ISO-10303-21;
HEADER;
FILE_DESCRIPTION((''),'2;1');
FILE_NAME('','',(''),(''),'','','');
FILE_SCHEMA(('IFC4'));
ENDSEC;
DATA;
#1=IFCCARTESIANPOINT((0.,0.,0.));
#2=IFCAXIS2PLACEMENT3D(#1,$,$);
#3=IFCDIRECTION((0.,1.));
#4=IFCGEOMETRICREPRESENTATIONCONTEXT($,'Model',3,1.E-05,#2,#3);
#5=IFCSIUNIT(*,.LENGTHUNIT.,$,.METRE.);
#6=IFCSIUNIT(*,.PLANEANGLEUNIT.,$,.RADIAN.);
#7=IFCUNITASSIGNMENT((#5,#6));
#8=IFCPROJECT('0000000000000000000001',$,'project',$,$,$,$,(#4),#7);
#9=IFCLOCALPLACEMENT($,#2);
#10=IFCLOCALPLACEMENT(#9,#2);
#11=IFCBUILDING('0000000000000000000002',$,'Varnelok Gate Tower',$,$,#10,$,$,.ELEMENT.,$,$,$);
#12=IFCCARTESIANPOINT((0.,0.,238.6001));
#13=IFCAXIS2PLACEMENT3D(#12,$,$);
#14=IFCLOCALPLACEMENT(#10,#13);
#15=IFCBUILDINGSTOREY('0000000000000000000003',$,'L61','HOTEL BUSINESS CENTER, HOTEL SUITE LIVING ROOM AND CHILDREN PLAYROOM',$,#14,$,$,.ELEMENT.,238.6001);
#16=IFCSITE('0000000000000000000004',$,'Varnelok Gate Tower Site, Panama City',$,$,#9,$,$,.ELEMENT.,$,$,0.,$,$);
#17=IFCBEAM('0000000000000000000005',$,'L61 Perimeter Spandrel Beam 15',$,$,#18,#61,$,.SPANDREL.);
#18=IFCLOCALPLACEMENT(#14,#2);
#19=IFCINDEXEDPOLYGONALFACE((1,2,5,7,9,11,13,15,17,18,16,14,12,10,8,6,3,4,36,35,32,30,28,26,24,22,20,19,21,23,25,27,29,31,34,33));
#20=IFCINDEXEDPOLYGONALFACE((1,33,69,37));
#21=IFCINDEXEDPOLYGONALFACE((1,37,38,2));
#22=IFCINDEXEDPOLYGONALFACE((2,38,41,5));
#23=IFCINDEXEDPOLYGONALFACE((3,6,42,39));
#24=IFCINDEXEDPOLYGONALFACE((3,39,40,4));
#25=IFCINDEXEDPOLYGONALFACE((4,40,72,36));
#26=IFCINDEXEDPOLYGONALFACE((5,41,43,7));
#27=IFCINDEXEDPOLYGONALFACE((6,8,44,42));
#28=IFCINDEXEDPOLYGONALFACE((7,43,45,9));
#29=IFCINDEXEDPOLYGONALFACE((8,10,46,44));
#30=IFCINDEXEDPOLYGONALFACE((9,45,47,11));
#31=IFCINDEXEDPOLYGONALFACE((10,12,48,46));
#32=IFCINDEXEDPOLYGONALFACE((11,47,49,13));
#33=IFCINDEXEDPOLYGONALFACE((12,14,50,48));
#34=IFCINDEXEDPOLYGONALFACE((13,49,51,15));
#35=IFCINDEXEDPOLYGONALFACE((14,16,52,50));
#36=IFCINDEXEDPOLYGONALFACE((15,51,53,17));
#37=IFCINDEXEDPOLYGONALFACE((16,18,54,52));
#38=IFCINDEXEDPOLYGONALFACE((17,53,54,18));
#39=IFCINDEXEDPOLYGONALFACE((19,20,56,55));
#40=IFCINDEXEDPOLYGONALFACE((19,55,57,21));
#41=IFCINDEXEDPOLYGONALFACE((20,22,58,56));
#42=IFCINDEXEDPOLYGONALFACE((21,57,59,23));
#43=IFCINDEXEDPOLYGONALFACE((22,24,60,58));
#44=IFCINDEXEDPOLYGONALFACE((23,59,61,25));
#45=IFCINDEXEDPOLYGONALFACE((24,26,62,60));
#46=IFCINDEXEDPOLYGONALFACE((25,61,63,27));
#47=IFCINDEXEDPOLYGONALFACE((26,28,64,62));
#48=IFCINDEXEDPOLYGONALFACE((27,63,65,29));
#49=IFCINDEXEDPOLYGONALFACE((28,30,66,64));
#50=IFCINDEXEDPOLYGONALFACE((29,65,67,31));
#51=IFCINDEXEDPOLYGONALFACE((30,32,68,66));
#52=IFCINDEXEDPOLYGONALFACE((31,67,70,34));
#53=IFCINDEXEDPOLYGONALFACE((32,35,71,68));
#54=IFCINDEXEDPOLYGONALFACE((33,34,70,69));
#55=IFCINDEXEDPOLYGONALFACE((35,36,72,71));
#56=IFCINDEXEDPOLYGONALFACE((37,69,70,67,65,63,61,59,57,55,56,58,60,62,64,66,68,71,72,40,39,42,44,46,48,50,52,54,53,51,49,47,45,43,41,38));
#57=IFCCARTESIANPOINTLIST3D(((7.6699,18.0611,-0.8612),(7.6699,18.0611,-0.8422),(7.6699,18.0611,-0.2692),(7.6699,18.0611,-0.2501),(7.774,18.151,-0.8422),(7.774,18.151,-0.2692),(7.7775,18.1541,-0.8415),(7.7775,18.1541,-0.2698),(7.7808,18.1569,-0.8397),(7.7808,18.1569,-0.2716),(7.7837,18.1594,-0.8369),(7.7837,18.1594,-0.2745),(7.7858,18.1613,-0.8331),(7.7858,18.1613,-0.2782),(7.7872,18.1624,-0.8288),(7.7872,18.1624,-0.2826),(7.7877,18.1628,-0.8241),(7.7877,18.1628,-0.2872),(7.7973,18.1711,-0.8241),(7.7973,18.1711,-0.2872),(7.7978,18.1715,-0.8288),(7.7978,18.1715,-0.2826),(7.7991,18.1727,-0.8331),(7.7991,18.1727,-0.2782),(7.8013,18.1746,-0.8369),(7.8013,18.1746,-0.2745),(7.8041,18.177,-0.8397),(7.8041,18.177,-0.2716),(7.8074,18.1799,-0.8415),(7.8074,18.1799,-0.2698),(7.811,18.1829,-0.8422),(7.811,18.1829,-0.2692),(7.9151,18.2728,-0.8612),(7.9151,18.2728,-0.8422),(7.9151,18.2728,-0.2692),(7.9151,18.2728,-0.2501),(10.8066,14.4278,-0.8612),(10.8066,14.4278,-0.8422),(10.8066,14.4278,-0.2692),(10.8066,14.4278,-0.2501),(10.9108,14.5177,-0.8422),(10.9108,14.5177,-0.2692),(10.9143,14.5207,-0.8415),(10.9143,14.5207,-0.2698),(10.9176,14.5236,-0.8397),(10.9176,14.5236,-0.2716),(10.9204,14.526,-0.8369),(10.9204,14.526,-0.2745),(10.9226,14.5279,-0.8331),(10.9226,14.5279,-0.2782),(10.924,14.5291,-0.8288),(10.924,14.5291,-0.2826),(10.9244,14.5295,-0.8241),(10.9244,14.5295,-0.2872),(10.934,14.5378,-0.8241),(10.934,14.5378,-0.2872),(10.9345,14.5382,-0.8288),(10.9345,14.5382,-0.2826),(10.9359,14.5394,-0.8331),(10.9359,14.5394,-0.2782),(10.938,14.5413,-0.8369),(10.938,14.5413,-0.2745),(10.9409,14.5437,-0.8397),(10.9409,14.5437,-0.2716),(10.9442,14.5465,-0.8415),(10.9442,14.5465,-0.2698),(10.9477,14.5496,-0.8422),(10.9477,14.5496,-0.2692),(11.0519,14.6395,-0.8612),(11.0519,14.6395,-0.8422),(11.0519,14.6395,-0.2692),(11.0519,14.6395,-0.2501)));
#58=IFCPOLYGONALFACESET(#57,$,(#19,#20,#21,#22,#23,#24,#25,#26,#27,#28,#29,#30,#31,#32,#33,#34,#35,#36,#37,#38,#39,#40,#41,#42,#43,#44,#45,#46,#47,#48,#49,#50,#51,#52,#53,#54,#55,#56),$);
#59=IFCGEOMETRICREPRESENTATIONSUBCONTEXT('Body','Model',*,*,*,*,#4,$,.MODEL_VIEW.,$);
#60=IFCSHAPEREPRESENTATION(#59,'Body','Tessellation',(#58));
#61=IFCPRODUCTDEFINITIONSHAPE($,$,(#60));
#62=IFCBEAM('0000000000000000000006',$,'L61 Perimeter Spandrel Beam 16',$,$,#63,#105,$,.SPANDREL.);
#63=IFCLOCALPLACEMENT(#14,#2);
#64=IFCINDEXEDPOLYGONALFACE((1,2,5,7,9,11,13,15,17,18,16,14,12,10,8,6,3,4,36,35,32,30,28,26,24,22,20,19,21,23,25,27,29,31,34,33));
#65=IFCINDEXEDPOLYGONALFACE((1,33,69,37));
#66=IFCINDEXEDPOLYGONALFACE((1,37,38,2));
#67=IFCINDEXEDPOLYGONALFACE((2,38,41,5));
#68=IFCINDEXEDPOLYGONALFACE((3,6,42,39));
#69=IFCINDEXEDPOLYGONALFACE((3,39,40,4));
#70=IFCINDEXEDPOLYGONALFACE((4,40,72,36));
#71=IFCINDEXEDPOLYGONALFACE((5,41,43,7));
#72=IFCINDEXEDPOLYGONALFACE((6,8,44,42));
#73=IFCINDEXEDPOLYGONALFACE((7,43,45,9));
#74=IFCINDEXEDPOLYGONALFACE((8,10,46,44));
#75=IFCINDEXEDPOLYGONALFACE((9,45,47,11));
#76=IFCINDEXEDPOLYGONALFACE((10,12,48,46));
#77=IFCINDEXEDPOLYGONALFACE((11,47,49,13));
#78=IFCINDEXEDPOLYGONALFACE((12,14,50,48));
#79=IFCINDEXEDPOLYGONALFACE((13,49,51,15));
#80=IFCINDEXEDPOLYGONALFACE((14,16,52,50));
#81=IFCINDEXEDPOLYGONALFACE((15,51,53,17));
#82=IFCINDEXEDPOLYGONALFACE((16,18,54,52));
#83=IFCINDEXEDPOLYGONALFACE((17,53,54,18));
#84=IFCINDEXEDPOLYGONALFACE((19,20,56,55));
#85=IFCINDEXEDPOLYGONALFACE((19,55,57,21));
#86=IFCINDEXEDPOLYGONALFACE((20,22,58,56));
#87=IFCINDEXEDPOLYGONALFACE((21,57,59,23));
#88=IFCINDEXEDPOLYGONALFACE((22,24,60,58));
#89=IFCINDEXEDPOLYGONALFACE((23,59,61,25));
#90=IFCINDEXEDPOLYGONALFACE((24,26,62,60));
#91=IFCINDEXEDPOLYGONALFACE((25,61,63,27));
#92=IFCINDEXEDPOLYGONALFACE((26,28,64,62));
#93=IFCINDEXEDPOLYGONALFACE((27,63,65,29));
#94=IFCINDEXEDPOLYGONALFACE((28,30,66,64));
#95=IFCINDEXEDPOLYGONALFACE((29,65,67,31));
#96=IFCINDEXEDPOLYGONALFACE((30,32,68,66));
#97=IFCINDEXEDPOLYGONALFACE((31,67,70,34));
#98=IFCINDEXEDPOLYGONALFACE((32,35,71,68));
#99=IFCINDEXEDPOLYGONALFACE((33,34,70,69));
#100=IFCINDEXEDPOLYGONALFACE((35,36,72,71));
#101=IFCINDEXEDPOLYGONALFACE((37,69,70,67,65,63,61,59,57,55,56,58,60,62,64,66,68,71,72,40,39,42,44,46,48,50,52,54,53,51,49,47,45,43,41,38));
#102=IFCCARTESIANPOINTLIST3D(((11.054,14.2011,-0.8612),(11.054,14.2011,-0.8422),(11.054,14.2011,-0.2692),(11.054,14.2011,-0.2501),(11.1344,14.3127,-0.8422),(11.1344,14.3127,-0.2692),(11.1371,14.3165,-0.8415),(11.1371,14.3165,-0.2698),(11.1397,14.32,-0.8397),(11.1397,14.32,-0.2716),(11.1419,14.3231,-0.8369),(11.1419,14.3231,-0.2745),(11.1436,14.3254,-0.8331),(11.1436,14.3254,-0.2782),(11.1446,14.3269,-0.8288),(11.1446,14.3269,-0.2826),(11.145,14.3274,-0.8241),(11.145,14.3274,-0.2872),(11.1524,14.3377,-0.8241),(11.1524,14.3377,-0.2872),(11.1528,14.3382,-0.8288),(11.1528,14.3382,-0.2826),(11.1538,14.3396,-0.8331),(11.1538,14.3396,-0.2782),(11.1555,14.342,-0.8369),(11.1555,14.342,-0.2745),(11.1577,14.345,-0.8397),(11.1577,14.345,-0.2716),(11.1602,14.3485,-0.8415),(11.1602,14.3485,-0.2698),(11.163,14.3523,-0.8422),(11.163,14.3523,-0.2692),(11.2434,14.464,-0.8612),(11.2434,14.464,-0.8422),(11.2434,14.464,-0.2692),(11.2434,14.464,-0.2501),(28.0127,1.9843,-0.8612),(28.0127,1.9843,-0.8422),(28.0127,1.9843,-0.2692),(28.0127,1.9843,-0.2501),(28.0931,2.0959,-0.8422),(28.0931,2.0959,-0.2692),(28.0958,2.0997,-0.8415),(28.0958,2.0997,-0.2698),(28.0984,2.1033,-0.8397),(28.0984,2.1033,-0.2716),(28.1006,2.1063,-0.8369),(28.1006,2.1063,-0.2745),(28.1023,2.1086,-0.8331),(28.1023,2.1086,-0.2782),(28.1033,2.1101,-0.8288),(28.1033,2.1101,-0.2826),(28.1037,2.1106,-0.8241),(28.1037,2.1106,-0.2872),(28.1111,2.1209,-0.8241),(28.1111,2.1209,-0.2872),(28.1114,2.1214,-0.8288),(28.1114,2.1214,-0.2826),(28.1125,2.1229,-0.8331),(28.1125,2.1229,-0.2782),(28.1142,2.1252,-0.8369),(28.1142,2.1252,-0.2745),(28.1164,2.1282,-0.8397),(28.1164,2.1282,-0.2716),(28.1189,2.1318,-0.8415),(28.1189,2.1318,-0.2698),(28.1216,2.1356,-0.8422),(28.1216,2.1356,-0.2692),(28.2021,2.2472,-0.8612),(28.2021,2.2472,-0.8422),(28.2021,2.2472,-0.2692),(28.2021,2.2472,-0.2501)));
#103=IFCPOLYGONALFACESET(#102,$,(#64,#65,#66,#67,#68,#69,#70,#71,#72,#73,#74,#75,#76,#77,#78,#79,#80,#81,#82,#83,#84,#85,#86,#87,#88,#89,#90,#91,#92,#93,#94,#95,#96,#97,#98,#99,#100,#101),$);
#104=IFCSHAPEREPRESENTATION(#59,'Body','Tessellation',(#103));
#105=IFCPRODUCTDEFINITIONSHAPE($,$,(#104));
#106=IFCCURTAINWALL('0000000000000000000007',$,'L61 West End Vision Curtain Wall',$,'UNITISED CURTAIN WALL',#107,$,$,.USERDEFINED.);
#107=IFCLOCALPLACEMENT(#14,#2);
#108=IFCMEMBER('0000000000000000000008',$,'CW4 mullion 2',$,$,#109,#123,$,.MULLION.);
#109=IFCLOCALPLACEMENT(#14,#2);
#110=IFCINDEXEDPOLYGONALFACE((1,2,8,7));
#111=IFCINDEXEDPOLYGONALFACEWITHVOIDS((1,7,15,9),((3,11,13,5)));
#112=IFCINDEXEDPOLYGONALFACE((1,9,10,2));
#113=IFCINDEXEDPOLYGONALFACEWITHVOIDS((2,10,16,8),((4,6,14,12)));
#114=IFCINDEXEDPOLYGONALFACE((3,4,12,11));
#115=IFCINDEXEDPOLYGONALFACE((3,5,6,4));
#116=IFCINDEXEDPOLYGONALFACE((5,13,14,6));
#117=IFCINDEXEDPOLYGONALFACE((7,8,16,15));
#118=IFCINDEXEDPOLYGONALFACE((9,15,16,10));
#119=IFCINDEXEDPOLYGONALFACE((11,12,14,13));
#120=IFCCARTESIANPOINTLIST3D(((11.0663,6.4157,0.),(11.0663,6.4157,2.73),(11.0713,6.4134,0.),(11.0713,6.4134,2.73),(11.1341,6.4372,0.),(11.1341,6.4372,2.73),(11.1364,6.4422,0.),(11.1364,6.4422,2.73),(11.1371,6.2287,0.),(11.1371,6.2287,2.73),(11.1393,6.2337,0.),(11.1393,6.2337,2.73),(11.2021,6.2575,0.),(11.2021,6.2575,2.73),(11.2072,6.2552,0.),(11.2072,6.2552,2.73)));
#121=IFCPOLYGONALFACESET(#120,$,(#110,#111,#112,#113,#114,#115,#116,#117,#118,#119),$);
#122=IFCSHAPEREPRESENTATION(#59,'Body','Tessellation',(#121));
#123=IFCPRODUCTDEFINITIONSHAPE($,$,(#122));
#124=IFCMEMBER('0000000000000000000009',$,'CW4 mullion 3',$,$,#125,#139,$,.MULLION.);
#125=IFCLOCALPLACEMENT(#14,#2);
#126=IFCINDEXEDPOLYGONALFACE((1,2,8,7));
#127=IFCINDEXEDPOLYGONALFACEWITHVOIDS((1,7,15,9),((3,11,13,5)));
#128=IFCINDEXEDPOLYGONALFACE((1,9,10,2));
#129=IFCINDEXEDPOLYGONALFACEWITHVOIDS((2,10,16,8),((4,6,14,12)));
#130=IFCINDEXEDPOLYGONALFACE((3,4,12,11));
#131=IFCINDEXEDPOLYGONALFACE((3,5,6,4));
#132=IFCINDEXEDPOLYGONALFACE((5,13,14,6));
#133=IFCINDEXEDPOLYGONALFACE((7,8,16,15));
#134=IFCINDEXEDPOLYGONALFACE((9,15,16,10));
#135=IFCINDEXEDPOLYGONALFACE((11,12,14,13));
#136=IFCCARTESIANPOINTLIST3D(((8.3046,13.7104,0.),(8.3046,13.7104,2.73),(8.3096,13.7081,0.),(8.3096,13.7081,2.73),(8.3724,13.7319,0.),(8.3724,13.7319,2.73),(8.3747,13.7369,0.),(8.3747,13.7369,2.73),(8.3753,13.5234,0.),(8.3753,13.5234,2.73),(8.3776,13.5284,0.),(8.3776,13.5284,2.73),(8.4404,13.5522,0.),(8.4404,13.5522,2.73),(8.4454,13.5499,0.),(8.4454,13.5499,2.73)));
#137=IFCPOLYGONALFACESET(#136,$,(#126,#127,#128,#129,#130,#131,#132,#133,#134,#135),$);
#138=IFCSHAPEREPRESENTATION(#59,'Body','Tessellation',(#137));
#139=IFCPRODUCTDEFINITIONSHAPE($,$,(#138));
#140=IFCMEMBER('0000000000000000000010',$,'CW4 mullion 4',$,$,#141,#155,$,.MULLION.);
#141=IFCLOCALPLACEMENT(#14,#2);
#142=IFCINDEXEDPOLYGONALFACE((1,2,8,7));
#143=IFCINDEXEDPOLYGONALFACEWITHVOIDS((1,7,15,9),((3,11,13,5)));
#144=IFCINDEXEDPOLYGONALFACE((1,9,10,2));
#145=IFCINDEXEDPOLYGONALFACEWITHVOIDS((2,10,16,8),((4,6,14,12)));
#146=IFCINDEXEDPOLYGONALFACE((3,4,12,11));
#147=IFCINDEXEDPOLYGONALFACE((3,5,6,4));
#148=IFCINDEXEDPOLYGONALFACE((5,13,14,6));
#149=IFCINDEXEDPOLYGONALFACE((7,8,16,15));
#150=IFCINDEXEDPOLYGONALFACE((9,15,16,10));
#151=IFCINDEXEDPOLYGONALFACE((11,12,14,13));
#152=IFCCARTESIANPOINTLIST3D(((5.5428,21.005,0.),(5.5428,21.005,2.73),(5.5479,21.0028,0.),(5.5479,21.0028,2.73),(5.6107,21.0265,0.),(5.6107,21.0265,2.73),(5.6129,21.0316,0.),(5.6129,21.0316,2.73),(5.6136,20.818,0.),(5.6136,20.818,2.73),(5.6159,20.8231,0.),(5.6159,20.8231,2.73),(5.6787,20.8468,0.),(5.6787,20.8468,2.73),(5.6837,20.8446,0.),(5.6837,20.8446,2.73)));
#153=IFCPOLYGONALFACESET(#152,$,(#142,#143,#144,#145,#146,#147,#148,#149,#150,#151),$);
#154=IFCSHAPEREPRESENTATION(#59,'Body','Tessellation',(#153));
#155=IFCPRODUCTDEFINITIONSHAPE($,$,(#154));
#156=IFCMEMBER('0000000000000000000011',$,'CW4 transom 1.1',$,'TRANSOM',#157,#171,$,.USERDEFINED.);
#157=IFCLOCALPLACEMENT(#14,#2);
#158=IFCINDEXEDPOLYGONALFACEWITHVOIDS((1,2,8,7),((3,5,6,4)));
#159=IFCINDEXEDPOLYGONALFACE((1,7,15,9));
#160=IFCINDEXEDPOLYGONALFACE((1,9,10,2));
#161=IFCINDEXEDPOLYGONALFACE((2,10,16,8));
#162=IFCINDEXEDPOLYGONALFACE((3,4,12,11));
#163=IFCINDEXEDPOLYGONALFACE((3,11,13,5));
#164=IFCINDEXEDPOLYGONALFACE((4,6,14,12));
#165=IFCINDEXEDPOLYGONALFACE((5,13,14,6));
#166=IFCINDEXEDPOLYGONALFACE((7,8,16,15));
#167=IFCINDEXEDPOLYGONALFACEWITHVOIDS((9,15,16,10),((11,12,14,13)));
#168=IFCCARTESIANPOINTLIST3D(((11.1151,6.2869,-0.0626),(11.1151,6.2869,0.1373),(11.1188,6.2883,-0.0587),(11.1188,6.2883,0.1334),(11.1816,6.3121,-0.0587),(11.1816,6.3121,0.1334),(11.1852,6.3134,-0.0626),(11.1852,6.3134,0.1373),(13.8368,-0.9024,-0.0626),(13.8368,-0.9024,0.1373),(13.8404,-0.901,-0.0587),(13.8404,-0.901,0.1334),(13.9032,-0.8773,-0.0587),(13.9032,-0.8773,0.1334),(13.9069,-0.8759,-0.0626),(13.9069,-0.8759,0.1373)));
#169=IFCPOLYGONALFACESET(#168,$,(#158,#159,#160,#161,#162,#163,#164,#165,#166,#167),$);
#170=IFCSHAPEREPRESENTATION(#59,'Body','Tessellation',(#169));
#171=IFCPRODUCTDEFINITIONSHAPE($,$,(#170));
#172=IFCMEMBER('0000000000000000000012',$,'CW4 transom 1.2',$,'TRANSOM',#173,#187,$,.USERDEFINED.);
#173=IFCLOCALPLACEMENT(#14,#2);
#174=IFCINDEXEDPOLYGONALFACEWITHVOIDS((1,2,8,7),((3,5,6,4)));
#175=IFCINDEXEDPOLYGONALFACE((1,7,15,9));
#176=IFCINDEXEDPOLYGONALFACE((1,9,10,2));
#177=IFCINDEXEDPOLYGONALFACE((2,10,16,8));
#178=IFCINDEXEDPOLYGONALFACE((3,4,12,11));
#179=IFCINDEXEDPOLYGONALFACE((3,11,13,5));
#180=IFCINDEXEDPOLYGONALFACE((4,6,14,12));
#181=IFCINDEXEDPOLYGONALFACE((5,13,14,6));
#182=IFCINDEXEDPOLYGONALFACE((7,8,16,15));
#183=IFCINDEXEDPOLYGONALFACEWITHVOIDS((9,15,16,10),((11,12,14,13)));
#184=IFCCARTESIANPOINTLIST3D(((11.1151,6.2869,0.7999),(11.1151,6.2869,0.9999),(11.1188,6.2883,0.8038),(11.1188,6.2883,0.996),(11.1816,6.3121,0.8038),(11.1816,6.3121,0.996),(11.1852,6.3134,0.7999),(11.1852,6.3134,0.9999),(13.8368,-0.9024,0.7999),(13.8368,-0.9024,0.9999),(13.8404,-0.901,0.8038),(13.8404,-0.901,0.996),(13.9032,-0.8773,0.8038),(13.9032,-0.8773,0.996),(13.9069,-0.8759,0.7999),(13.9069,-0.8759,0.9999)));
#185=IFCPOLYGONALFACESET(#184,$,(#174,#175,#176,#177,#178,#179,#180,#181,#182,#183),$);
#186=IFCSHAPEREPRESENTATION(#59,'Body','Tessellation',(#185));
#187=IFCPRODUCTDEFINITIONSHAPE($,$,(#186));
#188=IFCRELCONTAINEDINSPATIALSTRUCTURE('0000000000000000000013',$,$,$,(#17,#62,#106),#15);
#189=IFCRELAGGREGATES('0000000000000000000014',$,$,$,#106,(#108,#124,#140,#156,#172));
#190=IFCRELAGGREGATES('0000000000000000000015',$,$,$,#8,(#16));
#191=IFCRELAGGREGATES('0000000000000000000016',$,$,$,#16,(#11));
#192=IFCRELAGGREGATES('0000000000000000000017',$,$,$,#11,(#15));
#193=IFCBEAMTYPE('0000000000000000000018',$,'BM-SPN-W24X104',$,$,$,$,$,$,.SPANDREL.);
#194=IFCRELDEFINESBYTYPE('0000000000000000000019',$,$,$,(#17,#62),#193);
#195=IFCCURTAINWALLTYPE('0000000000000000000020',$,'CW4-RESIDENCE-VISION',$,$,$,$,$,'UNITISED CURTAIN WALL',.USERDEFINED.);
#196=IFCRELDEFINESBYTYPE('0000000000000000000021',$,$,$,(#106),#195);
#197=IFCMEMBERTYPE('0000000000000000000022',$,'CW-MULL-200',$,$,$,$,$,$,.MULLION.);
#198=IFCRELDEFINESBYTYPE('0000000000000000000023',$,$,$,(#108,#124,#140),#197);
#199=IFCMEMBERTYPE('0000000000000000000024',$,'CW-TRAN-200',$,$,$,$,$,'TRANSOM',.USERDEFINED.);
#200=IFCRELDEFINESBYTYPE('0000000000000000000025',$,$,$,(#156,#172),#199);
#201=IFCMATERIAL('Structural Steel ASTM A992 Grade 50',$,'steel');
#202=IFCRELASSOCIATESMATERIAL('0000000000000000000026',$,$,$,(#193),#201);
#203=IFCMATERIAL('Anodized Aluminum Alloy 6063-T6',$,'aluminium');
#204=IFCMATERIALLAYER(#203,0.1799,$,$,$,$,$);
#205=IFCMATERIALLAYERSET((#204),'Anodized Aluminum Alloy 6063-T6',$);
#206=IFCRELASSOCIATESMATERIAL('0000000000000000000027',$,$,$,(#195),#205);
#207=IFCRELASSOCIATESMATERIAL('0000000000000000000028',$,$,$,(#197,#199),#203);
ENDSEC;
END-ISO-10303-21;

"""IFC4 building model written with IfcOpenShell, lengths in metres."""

from ifc_helpers import new_model, si_unit, direction, frame, origin, origin_2d, place, context, subcontext, project, spatial, hollow_rectangle, i_section, extrude, material, layer, layer_set, material_profile, profile_set, type_object, element, aggregate, save


model = new_model("IFC4")

# Units and contexts
model_context = context("Model", 3, precision=1e-05, world=origin(), true_north=direction((0.0, 1.0)))
body_context = subcontext(model_context, "Body", "Model", "MODEL_VIEW")
ifc_project = project(units=[si_unit("LENGTHUNIT", "METRE"), si_unit("PLANEANGLEUNIT", "RADIAN")], contexts=[model_context])

# Site, building, storey
site_placement = place(None, origin())
site = spatial("IfcSite", under=ifc_project, at=site_placement, Name="Varnelok Gate Tower Site, Panama City", CompositionType="ELEMENT", RefElevation=0.0)
building_placement = place(site_placement, origin())
building = spatial("IfcBuilding", under=site, at=building_placement, Name="Varnelok Gate Tower", CompositionType="ELEMENT")
storey_placement = place(building_placement, frame((0.0, 0.0, 238.6001)))
storey = spatial("IfcBuildingStorey", under=building, at=storey_placement, Name="L61", Description="HOTEL BUSINESS CENTER, HOTEL SUITE LIVING ROOM AND CHILDREN PLAYROOM", CompositionType="ELEMENT", Elevation=238.6001)

# Shared definitions
ifc_material_1 = material(Name="Structural Steel ASTM A992 Grade 50", Category="steel")

# Beams
ifc_material_profile_1 = material_profile(ifc_material_1, i_section(OverallWidth=0.324, OverallDepth=0.6111, WebThickness=0.0127, FlangeThickness=0.019, FilletRadius=0.0181, at=origin_2d()), Name="W24X104")
ifc_profile_set_1 = profile_set([ifc_material_profile_1], Name="Structural Steel ASTM A992 Grade 50")
beam_type = type_object("IfcBeamType", Name="BM-SPN-W24X104", PredefinedType="SPANDREL", material=ifc_profile_set_1)
beam_1_placement = place(storey_placement, frame((7.7925, 18.167, -0.5557), z_axis=(0.653485, -0.75694, 0.0), x_axis=(0.75694, 0.653485, 0.0)))
element("IfcBeam", 1, at=beam_1_placement, inside=storey, type_object=beam_type, Name="L61 Perimeter Spandrel Beam 15", PredefinedType="SPANDREL", context=body_context, shape_type="SweptSolid", body=[
    extrude(i_section(OverallWidth=0.324, OverallDepth=0.6111, WebThickness=0.0127, FlangeThickness=0.019, FilletRadius=0.0181, at=origin_2d()), origin(), (0.0, 0.0, 1.0), 4.8),
])
beam_2_placement = place(storey_placement, frame((11.1487, 14.3325, -0.5557), z_axis=(0.811387, -0.58451, 0.0), x_axis=(0.58451, 0.811387, 0.0)))
element("IfcBeam", 2, at=beam_2_placement, inside=storey, type_object=beam_type, Name="L61 Perimeter Spandrel Beam 16", PredefinedType="SPANDREL", context=body_context, shape_type="SweptSolid", body=[
    extrude(i_section(OverallWidth=0.324, OverallDepth=0.6111, WebThickness=0.0127, FlangeThickness=0.019, FilletRadius=0.0181, at=origin_2d()), origin(), (0.0, 0.0, 1.0), 20.9009),
])

# Curtain wall, members
ifc_material_2 = material(Name="Anodized Aluminum Alloy 6063-T6", Category="aluminium")
ifc_layer_1 = layer(ifc_material_2, 0.1799)
ifc_layer_set_1 = layer_set([ifc_layer_1], Name="Anodized Aluminum Alloy 6063-T6")
curtain_wall_type = type_object("IfcCurtainWallType", Name="CW4-RESIDENCE-VISION", ElementType="UNITISED CURTAIN WALL", PredefinedType="USERDEFINED", material=ifc_layer_set_1)
curtain_wall_placement = place(storey_placement, origin())
curtain_wall = element("IfcCurtainWall", 3, at=curtain_wall_placement, inside=storey, type_object=curtain_wall_type, Name="L61 West End Vision Curtain Wall", ObjectType="UNITISED CURTAIN WALL", PredefinedType="USERDEFINED")
ifc_material_profile_2 = material_profile(ifc_material_2, hollow_rectangle(XDim=0.075, YDim=0.2, WallThickness=0.0039, at=origin_2d()), Name="ALU200X75X4")
ifc_profile_set_2 = profile_set([ifc_material_profile_2], Name="Anodized Aluminum Alloy 6063-T6")
member_type_1 = type_object("IfcMemberType", Name="CW-MULL-200", PredefinedType="MULLION", material=ifc_profile_set_2)
member_1_placement = place(storey_placement, frame((11.1367, 6.3354, 0.0), z_axis=(0.0, 0.0, 1.0), x_axis=(-0.935222, -0.354063, 0.0)))
member_1 = element("IfcMember", 4, at=member_1_placement, type_object=member_type_1, Name="CW4 mullion 2", PredefinedType="MULLION", context=body_context, shape_type="SweptSolid", body=[
    extrude(hollow_rectangle(XDim=0.075, YDim=0.2, WallThickness=0.0039, at=origin_2d()), origin(), (0.0, 0.0, 1.0), 2.73),
])
member_2_placement = place(storey_placement, frame((8.375, 13.6301, 0.0), z_axis=(0.0, 0.0, 1.0), x_axis=(-0.935222, -0.354063, 0.0)))
member_2 = element("IfcMember", 5, at=member_2_placement, type_object=member_type_1, Name="CW4 mullion 3", PredefinedType="MULLION", context=body_context, shape_type="SweptSolid", body=[
    extrude(hollow_rectangle(XDim=0.075, YDim=0.2, WallThickness=0.0039, at=origin_2d()), origin(), (0.0, 0.0, 1.0), 2.73),
])
member_3_placement = place(storey_placement, frame((5.6133, 20.9248, 0.0), z_axis=(0.0, 0.0, 1.0), x_axis=(-0.935222, -0.354063, 0.0)))
member_3 = element("IfcMember", 6, at=member_3_placement, type_object=member_type_1, Name="CW4 mullion 4", PredefinedType="MULLION", context=body_context, shape_type="SweptSolid", body=[
    extrude(hollow_rectangle(XDim=0.075, YDim=0.2, WallThickness=0.0039, at=origin_2d()), origin(), (0.0, 0.0, 1.0), 2.73),
])
ifc_material_profile_3 = material_profile(ifc_material_2, hollow_rectangle(XDim=0.075, YDim=0.2, WallThickness=0.0039, at=origin_2d()), Name="ALU200X75X4")
ifc_profile_set_3 = profile_set([ifc_material_profile_3], Name="Anodized Aluminum Alloy 6063-T6")
member_type_2 = type_object("IfcMemberType", Name="CW-TRAN-200", ElementType="TRANSOM", PredefinedType="USERDEFINED", material=ifc_profile_set_3)
member_4_placement = place(storey_placement, frame((13.8718, -0.8892, 0.0374), z_axis=(-0.354045, 0.935228, 0.0), x_axis=(-0.935228, -0.354045, 0.0)))
member_4 = element("IfcMember", 7, at=member_4_placement, type_object=member_type_2, Name="CW4 transom 1.1", ObjectType="TRANSOM", PredefinedType="USERDEFINED", context=body_context, shape_type="SweptSolid", body=[
    extrude(hollow_rectangle(XDim=0.075, YDim=0.2, WallThickness=0.0039, at=origin_2d()), origin(), (0.0, 0.0, 1.0), 7.6873),
])
member_5_placement = place(storey_placement, frame((13.8718, -0.8892, 0.8999), z_axis=(-0.354045, 0.935228, 0.0), x_axis=(-0.935228, -0.354045, 0.0)))
member_5 = element("IfcMember", 8, at=member_5_placement, type_object=member_type_2, Name="CW4 transom 1.2", ObjectType="TRANSOM", PredefinedType="USERDEFINED", context=body_context, shape_type="SweptSolid", body=[
    extrude(hollow_rectangle(XDim=0.075, YDim=0.2, WallThickness=0.0039, at=origin_2d()), origin(), (0.0, 0.0, 1.0), 7.6873),
])

aggregate(curtain_wall, [member_1, member_2, member_3, member_4, member_5])

save(model, "model.ifc")
